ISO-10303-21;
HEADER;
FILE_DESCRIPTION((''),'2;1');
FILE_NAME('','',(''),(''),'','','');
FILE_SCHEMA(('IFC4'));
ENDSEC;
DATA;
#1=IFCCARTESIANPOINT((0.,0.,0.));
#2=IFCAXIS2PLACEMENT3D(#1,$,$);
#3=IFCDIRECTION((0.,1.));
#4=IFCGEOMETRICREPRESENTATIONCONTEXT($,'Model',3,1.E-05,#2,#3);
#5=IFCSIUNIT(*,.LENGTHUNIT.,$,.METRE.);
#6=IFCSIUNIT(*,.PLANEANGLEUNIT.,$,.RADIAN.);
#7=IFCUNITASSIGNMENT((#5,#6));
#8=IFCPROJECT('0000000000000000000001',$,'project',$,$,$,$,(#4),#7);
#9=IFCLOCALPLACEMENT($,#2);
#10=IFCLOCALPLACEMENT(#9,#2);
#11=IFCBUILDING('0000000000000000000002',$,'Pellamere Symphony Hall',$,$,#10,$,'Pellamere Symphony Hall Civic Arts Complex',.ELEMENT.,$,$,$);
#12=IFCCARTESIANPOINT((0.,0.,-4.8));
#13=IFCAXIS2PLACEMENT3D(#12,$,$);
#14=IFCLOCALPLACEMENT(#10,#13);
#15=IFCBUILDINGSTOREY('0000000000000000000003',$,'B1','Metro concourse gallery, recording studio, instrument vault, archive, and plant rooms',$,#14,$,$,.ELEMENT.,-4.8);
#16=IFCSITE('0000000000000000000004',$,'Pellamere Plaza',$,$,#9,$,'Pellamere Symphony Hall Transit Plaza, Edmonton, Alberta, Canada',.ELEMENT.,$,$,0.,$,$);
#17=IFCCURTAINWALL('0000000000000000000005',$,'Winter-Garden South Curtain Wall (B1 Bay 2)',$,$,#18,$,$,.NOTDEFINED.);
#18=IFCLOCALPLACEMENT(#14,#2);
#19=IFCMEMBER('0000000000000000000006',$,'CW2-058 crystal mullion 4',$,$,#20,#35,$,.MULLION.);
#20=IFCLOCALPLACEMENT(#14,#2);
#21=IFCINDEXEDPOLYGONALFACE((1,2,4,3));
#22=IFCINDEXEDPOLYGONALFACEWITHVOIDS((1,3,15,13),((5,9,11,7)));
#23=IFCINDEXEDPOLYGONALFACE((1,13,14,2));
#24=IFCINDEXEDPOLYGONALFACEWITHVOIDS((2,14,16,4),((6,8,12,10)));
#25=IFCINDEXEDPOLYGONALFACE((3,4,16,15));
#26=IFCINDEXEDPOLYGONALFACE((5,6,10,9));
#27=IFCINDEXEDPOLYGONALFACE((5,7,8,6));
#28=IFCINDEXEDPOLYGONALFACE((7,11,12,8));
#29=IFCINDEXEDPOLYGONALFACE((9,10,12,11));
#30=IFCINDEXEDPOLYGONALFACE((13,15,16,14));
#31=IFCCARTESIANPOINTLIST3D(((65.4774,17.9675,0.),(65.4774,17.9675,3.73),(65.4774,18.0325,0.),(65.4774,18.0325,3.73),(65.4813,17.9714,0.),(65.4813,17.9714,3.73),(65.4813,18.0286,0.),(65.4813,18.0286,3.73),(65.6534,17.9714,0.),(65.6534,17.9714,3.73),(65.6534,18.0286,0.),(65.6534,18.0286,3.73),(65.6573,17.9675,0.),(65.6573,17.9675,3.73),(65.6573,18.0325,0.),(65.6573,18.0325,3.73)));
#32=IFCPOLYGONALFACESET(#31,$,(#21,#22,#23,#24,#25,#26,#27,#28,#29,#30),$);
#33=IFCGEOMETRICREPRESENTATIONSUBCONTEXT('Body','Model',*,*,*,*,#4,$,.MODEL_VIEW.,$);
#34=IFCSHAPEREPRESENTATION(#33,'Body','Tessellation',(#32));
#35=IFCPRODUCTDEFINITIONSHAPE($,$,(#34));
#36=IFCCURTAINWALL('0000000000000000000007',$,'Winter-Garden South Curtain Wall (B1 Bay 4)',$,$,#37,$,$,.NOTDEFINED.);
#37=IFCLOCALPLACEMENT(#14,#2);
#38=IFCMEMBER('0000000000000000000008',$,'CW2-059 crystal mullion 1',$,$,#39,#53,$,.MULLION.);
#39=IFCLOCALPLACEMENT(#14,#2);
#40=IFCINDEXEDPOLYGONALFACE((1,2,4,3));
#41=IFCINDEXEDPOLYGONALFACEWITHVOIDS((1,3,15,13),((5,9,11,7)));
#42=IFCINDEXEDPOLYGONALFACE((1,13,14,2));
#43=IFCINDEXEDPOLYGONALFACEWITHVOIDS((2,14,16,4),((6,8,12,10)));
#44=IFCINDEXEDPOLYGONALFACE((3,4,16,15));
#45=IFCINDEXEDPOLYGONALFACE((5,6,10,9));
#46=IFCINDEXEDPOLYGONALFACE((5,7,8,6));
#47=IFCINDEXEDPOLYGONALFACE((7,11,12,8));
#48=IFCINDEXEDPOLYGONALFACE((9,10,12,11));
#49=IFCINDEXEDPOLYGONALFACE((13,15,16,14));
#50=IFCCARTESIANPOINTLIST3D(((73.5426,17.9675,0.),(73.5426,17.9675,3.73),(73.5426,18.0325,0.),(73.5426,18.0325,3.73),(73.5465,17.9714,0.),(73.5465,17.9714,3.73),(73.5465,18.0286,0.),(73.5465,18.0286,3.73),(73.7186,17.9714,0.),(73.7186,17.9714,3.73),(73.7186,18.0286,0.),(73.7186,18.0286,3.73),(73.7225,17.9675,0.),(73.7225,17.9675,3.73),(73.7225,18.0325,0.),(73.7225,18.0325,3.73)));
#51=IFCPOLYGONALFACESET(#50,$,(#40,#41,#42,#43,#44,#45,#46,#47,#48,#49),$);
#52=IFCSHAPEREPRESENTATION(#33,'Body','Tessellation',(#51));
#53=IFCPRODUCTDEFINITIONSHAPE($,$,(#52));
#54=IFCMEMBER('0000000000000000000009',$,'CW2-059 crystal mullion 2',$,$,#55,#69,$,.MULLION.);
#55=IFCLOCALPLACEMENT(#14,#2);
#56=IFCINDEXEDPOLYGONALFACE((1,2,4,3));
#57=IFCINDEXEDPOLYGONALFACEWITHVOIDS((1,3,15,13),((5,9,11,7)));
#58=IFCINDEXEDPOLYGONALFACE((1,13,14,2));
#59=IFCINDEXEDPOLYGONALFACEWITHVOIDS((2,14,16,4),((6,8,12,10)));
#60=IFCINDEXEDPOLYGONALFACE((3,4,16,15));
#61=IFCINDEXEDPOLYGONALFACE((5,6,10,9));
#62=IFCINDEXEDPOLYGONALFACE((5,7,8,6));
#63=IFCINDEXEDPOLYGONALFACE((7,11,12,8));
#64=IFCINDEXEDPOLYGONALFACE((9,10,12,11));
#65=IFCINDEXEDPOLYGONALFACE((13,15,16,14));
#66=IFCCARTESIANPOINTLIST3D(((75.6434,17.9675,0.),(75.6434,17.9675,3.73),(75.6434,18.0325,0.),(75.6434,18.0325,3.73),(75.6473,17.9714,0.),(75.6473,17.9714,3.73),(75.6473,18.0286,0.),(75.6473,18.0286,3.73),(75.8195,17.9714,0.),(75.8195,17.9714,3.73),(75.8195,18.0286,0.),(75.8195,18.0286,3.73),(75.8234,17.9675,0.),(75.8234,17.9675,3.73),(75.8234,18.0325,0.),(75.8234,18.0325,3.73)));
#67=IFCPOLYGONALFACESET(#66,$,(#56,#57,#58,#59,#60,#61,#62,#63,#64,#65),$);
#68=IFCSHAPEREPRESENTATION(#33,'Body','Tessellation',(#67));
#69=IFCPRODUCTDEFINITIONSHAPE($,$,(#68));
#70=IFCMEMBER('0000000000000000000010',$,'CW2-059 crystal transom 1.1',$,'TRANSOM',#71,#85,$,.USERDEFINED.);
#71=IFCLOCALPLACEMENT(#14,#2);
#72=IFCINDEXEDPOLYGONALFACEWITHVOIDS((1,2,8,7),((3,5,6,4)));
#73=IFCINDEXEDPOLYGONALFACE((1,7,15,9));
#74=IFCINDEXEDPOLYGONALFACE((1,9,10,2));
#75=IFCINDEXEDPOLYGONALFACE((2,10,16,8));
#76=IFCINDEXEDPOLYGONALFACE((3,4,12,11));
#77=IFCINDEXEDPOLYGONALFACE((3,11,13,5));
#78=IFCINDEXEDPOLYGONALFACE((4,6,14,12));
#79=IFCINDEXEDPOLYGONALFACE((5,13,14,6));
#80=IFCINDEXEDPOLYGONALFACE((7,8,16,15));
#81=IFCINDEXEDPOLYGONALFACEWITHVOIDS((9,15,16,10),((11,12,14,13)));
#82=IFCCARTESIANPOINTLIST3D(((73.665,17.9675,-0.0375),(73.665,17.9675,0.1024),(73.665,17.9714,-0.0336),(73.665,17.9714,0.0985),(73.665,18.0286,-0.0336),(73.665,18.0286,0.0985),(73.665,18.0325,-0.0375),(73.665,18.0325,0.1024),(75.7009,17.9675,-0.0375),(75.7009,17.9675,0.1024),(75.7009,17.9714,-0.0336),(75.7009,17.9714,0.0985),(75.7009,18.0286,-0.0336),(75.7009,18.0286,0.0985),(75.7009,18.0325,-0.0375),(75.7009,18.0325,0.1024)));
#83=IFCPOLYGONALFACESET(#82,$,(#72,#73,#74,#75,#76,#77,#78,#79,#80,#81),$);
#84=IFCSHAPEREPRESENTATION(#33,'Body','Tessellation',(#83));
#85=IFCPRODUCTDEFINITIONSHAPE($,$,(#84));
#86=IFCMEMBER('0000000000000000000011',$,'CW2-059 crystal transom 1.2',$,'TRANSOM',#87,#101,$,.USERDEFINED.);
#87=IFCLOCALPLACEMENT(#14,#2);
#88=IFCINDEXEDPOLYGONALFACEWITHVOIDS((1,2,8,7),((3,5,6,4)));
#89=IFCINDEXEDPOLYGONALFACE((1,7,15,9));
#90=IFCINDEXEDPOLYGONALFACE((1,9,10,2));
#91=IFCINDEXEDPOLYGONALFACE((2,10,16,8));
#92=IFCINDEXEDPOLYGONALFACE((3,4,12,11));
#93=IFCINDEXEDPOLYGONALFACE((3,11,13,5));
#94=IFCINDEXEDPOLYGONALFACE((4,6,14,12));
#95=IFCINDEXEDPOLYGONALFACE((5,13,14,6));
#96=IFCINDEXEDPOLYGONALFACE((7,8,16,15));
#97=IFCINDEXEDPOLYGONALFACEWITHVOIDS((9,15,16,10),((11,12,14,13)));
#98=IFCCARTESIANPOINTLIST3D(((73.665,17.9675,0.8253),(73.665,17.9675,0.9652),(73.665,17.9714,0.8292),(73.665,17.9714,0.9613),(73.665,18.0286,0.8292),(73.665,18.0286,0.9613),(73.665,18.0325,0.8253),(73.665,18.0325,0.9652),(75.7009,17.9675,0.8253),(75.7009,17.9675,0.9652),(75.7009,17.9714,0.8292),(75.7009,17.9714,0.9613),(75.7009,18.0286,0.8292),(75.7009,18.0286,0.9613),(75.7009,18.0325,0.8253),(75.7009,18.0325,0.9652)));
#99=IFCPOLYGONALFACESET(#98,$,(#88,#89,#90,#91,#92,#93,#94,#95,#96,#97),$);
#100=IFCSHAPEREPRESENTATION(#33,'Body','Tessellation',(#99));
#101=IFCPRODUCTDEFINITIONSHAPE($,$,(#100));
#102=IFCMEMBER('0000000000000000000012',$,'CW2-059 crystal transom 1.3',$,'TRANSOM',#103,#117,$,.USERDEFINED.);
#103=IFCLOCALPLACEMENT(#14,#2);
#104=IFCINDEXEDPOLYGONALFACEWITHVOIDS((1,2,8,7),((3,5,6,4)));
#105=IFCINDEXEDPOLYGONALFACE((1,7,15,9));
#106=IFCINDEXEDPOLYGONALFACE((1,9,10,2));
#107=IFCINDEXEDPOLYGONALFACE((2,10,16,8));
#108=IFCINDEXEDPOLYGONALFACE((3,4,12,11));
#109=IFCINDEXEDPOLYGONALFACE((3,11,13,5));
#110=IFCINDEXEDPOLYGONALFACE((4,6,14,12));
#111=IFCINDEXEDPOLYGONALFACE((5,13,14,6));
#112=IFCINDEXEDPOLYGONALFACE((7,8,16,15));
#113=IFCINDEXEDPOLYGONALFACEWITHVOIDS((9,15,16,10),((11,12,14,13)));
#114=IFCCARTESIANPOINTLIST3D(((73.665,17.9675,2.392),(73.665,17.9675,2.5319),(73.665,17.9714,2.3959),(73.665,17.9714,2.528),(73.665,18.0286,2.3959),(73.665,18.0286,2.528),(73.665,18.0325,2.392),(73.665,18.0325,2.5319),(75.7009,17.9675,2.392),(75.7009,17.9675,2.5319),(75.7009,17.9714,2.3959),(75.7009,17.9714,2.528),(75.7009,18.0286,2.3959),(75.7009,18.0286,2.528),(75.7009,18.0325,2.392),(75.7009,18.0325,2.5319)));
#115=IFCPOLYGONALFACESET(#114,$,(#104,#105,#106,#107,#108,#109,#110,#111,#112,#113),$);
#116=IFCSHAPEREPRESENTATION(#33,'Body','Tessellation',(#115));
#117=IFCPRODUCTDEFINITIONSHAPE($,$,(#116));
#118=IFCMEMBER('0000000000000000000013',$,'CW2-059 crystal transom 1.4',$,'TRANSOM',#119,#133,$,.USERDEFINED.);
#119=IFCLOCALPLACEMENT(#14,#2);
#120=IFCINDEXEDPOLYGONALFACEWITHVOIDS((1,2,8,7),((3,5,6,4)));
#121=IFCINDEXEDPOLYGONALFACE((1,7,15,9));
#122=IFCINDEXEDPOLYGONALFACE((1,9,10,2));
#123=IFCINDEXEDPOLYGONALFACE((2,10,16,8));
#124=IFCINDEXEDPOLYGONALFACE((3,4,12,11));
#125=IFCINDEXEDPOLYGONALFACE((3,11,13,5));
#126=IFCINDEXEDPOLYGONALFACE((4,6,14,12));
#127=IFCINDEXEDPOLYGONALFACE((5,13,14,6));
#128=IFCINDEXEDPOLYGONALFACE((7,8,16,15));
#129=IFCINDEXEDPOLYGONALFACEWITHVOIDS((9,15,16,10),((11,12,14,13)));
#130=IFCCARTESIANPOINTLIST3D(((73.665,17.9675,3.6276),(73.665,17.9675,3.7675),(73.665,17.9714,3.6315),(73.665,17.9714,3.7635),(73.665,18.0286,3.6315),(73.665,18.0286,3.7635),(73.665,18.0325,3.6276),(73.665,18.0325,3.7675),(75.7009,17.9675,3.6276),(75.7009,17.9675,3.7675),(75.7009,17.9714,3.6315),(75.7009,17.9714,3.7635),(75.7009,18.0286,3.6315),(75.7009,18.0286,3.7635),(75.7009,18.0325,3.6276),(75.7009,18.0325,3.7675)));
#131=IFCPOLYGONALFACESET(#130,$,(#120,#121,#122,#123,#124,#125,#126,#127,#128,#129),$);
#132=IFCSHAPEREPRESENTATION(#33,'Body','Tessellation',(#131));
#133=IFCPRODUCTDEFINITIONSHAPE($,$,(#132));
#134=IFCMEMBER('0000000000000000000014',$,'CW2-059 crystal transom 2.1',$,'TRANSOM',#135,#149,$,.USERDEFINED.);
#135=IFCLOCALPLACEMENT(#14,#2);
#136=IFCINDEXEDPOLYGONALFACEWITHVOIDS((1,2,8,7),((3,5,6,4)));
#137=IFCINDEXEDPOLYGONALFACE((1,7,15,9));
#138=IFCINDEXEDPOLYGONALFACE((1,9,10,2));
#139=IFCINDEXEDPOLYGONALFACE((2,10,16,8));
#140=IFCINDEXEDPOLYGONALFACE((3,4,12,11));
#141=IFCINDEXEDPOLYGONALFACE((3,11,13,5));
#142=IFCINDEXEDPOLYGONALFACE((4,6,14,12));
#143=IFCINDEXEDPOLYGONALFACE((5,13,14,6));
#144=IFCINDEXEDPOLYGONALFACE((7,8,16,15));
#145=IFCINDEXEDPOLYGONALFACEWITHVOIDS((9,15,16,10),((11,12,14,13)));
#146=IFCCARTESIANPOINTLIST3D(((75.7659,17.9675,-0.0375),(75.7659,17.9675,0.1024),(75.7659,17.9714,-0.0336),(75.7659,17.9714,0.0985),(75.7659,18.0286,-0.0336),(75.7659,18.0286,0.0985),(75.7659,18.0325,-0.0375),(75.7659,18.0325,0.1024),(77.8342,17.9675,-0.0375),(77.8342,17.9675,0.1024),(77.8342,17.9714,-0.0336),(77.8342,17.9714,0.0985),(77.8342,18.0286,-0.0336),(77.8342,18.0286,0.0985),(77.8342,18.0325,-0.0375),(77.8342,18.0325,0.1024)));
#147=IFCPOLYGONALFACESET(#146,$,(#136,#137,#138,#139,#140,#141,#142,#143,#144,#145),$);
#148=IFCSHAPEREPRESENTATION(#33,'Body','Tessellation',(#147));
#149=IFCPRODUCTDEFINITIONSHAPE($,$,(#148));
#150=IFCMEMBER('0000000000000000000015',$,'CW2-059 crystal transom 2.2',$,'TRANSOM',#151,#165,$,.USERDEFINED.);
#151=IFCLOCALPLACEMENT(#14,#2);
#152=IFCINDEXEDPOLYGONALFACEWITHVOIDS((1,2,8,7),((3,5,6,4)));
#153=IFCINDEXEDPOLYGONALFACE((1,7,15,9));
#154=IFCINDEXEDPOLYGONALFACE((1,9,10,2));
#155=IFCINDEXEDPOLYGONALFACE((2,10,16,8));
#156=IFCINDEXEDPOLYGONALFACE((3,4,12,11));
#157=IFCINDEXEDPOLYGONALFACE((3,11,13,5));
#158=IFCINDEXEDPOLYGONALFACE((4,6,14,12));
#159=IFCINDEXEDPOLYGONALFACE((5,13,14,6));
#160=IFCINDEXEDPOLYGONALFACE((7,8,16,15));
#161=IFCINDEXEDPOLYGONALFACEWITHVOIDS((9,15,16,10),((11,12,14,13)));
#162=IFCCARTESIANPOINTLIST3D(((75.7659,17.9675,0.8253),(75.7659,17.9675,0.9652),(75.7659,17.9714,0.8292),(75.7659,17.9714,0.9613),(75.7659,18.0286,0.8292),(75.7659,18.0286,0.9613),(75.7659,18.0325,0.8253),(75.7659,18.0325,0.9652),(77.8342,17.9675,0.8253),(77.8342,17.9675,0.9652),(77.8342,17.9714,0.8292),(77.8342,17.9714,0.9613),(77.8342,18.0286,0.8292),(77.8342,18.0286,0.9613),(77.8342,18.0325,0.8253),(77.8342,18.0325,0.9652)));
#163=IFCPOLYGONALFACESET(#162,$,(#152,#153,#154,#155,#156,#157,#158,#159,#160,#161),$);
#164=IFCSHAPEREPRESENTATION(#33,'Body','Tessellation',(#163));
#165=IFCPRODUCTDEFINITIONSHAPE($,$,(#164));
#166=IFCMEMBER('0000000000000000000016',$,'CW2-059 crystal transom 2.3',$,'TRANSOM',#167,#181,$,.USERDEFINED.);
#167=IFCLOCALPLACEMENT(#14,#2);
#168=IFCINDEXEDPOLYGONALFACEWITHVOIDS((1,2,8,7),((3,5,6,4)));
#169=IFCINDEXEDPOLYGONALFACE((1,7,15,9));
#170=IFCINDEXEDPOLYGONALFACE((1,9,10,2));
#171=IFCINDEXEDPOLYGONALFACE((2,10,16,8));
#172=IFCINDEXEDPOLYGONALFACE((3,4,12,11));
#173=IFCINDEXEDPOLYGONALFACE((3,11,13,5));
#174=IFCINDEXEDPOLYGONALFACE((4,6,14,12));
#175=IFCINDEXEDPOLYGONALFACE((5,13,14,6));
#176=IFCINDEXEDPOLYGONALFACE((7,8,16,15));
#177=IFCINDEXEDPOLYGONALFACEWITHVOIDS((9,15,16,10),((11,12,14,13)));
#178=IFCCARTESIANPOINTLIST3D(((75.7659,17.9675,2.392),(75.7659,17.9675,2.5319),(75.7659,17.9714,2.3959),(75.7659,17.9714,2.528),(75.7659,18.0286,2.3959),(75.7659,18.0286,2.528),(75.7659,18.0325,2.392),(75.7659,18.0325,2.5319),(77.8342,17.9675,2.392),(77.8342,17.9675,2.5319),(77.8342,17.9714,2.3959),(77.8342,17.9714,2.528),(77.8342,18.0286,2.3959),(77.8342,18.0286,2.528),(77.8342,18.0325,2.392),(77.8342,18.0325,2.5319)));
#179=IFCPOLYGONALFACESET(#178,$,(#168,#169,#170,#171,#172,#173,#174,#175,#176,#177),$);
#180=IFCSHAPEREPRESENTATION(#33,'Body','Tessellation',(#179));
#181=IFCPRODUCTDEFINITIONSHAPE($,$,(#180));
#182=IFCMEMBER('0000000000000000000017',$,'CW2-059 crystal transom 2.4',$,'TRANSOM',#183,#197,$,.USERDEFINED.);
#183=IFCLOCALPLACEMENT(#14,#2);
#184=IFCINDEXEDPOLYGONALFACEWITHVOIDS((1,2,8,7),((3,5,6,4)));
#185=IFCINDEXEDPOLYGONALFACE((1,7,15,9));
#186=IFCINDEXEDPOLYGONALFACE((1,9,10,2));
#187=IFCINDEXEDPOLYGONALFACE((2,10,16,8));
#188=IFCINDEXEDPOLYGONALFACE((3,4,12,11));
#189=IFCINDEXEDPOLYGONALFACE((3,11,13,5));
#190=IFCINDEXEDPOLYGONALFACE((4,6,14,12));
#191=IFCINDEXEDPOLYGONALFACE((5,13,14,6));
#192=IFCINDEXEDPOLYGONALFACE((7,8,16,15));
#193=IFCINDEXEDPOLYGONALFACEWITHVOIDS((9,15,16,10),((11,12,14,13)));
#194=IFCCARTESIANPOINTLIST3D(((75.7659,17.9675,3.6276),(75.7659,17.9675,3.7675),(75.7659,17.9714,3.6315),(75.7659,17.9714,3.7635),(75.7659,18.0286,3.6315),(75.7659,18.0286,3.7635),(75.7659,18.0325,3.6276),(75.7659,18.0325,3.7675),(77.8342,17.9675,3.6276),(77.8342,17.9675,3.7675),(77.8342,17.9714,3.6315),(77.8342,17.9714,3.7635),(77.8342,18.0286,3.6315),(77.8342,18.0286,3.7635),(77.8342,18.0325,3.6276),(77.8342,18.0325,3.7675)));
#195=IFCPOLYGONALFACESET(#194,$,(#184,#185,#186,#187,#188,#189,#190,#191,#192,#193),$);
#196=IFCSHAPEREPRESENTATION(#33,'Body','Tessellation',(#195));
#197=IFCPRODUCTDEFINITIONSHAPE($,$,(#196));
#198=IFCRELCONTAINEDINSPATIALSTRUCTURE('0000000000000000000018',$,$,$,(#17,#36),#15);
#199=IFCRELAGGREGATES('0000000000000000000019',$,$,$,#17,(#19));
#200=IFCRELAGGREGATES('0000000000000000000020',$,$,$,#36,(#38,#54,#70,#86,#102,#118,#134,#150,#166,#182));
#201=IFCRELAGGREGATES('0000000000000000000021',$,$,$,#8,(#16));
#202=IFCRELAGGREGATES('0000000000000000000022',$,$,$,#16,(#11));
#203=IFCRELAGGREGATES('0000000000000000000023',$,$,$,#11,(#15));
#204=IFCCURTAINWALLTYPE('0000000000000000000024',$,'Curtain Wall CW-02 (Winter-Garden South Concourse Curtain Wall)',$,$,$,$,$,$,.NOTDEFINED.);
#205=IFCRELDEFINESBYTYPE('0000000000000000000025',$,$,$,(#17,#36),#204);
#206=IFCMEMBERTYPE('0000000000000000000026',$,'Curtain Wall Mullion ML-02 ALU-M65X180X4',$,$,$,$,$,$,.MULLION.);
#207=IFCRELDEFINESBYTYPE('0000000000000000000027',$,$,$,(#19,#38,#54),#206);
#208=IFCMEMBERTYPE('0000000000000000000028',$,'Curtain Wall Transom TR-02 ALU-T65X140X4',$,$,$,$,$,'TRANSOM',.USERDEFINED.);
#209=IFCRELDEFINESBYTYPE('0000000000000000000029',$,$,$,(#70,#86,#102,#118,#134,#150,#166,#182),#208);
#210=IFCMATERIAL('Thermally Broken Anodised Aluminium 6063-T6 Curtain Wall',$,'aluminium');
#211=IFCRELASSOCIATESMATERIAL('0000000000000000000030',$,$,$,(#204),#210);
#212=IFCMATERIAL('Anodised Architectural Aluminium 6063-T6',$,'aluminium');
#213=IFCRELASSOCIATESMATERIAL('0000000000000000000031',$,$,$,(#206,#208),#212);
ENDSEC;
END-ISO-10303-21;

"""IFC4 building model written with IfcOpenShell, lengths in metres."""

from ifc_helpers import new_model, si_unit, direction, frame, origin, origin_2d, place, context, subcontext, project, spatial, hollow_rectangle, extrude, material, material_profile, profile_set, type_object, element, aggregate, save


model = new_model("IFC4")

# Units and contexts
model_context = context("Model", 3, precision=1e-05, world=origin(), true_north=direction((0.0, 1.0)))
body_context = subcontext(model_context, "Body", "Model", "MODEL_VIEW")
ifc_project = project(units=[si_unit("LENGTHUNIT", "METRE"), si_unit("PLANEANGLEUNIT", "RADIAN")], contexts=[model_context])

# Site, building, storey
site_placement = place(None, origin())
site = spatial("IfcSite", under=ifc_project, at=site_placement, Name="Pellamere Plaza", LongName="Pellamere Symphony Hall Transit Plaza, Edmonton, Alberta, Canada", CompositionType="ELEMENT", RefElevation=0.0)
building_placement = place(site_placement, origin())
building = spatial("IfcBuilding", under=site, at=building_placement, Name="Pellamere Symphony Hall", LongName="Pellamere Symphony Hall Civic Arts Complex", CompositionType="ELEMENT")
storey_placement = place(building_placement, frame((0.0, 0.0, -4.8)))
storey = spatial("IfcBuildingStorey", under=building, at=storey_placement, Name="B1", Description="Metro concourse gallery, recording studio, instrument vault, archive, and plant rooms", CompositionType="ELEMENT", Elevation=-4.8)

# Curtain wall, member
ifc_material_1 = material(Name="Thermally Broken Anodised Aluminium 6063-T6 Curtain Wall", Category="aluminium")
curtain_wall_type = type_object("IfcCurtainWallType", Name="Curtain Wall CW-02 (Winter-Garden South Concourse Curtain Wall)", PredefinedType="NOTDEFINED", material=ifc_material_1)
curtain_wall_1_placement = place(storey_placement, origin())
curtain_wall_1 = element("IfcCurtainWall", 1, at=curtain_wall_1_placement, inside=storey, type_object=curtain_wall_type, Name="Winter-Garden South Curtain Wall (B1 Bay 2)", PredefinedType="NOTDEFINED")
ifc_material_2 = material(Name="Anodised Architectural Aluminium 6063-T6", Category="aluminium")
ifc_material_profile_1 = material_profile(ifc_material_2, hollow_rectangle(XDim=0.0649, YDim=0.1799, WallThickness=0.0039, at=origin_2d()), Name="ALU-M65X180X4")
ifc_profile_set_1 = profile_set([ifc_material_profile_1], Name="Anodised Architectural Aluminium 6063-T6")
member_type_1 = type_object("IfcMemberType", Name="Curtain Wall Mullion ML-02 ALU-M65X180X4", PredefinedType="MULLION", material=ifc_profile_set_1)
member_1_placement = place(storey_placement, frame((65.5674, 18.0, 0.0), z_axis=(0.0, 0.0, 1.0), x_axis=(0.0, 1.0, 0.0)))
member_1 = element("IfcMember", 2, at=member_1_placement, type_object=member_type_1, Name="CW2-058 crystal mullion 4", PredefinedType="MULLION", context=body_context, shape_type="SweptSolid", body=[
    extrude(hollow_rectangle(XDim=0.0649, YDim=0.1799, WallThickness=0.0039, at=origin_2d()), origin(), (0.0, 0.0, 1.0), 3.73),
])
aggregate(curtain_wall_1, [member_1])

# Curtain wall, members
curtain_wall_2_placement = place(storey_placement, origin())
curtain_wall_2 = element("IfcCurtainWall", 3, at=curtain_wall_2_placement, inside=storey, type_object=curtain_wall_type, Name="Winter-Garden South Curtain Wall (B1 Bay 4)", PredefinedType="NOTDEFINED")
member_2_placement = place(storey_placement, frame((73.6326, 18.0, 0.0), z_axis=(0.0, 0.0, 1.0), x_axis=(0.0, 1.0, 0.0)))
member_2 = element("IfcMember", 4, at=member_2_placement, type_object=member_type_1, Name="CW2-059 crystal mullion 1", PredefinedType="MULLION", context=body_context, shape_type="SweptSolid", body=[
    extrude(hollow_rectangle(XDim=0.0649, YDim=0.1799, WallThickness=0.0039, at=origin_2d()), origin(), (0.0, 0.0, 1.0), 3.73),
])
member_3_placement = place(storey_placement, frame((75.7334, 18.0, 0.0), z_axis=(0.0, 0.0, 1.0), x_axis=(0.0, 1.0, 0.0)))
member_3 = element("IfcMember", 5, at=member_3_placement, type_object=member_type_1, Name="CW2-059 crystal mullion 2", PredefinedType="MULLION", context=body_context, shape_type="SweptSolid", body=[
    extrude(hollow_rectangle(XDim=0.0649, YDim=0.1799, WallThickness=0.0039, at=origin_2d()), origin(), (0.0, 0.0, 1.0), 3.73),
])
ifc_material_profile_2 = material_profile(ifc_material_2, hollow_rectangle(XDim=0.0649, YDim=0.1399, WallThickness=0.0039, at=origin_2d()), Name="ALU-T65X140X4")
ifc_profile_set_2 = profile_set([ifc_material_profile_2], Name="Anodised Architectural Aluminium 6063-T6")
member_type_2 = type_object("IfcMemberType", Name="Curtain Wall Transom TR-02 ALU-T65X140X4", ElementType="TRANSOM", PredefinedType="USERDEFINED", material=ifc_profile_set_2)
member_4_placement = place(storey_placement, frame((73.665, 18.0, 0.0325), z_axis=(1.0, 0.0, 0.0), x_axis=(0.0, 1.0, 0.0)))
member_4 = element("IfcMember", 6, at=member_4_placement, type_object=member_type_2, Name="CW2-059 crystal transom 1.1", ObjectType="TRANSOM", PredefinedType="USERDEFINED", context=body_context, shape_type="SweptSolid", body=[
    extrude(hollow_rectangle(XDim=0.0649, YDim=0.1399, WallThickness=0.0039, at=origin_2d()), origin(), (0.0, 0.0, 1.0), 2.0359),
])
member_5_placement = place(storey_placement, frame((73.665, 18.0, 0.8953), z_axis=(1.0, 0.0, 0.0), x_axis=(0.0, 1.0, 0.0)))
member_5 = element("IfcMember", 7, at=member_5_placement, type_object=member_type_2, Name="CW2-059 crystal transom 1.2", ObjectType="TRANSOM", PredefinedType="USERDEFINED", context=body_context, shape_type="SweptSolid", body=[
    extrude(hollow_rectangle(XDim=0.0649, YDim=0.1399, WallThickness=0.0039, at=origin_2d()), origin(), (0.0, 0.0, 1.0), 2.0359),
])
member_6_placement = place(storey_placement, frame((73.665, 18.0, 2.4619), z_axis=(1.0, 0.0, 0.0), x_axis=(0.0, 1.0, 0.0)))
member_6 = element("IfcMember", 8, at=member_6_placement, type_object=member_type_2, Name="CW2-059 crystal transom 1.3", ObjectType="TRANSOM", PredefinedType="USERDEFINED", context=body_context, shape_type="SweptSolid", body=[
    extrude(hollow_rectangle(XDim=0.0649, YDim=0.1399, WallThickness=0.0039, at=origin_2d()), origin(), (0.0, 0.0, 1.0), 2.0359),
])
member_7_placement = place(storey_placement, frame((73.665, 18.0, 3.6975), z_axis=(1.0, 0.0, 0.0), x_axis=(0.0, 1.0, 0.0)))
member_7 = element("IfcMember", 9, at=member_7_placement, type_object=member_type_2, Name="CW2-059 crystal transom 1.4", ObjectType="TRANSOM", PredefinedType="USERDEFINED", context=body_context, shape_type="SweptSolid", body=[
    extrude(hollow_rectangle(XDim=0.0649, YDim=0.1399, WallThickness=0.0039, at=origin_2d()), origin(), (0.0, 0.0, 1.0), 2.0359),
])
member_8_placement = place(storey_placement, frame((75.7659, 18.0, 0.0325), z_axis=(1.0, 0.0, 0.0), x_axis=(0.0, 1.0, 0.0)))
member_8 = element("IfcMember", 10, at=member_8_placement, type_object=member_type_2, Name="CW2-059 crystal transom 2.1", ObjectType="TRANSOM", PredefinedType="USERDEFINED", context=body_context, shape_type="SweptSolid", body=[
    extrude(hollow_rectangle(XDim=0.0649, YDim=0.1399, WallThickness=0.0039, at=origin_2d()), origin(), (0.0, 0.0, 1.0), 2.0684),
])
member_9_placement = place(storey_placement, frame((75.7659, 18.0, 0.8953), z_axis=(1.0, 0.0, 0.0), x_axis=(0.0, 1.0, 0.0)))
member_9 = element("IfcMember", 11, at=member_9_placement, type_object=member_type_2, Name="CW2-059 crystal transom 2.2", ObjectType="TRANSOM", PredefinedType="USERDEFINED", context=body_context, shape_type="SweptSolid", body=[
    extrude(hollow_rectangle(XDim=0.0649, YDim=0.1399, WallThickness=0.0039, at=origin_2d()), origin(), (0.0, 0.0, 1.0), 2.0684),
])
member_10_placement = place(storey_placement, frame((75.7659, 18.0, 2.4619), z_axis=(1.0, 0.0, 0.0), x_axis=(0.0, 1.0, 0.0)))
member_10 = element("IfcMember", 12, at=member_10_placement, type_object=member_type_2, Name="CW2-059 crystal transom 2.3", ObjectType="TRANSOM", PredefinedType="USERDEFINED", context=body_context, shape_type="SweptSolid", body=[
    extrude(hollow_rectangle(XDim=0.0649, YDim=0.1399, WallThickness=0.0039, at=origin_2d()), origin(), (0.0, 0.0, 1.0), 2.0684),
])
member_11_placement = place(storey_placement, frame((75.7659, 18.0, 3.6975), z_axis=(1.0, 0.0, 0.0), x_axis=(0.0, 1.0, 0.0)))
member_11 = element("IfcMember", 13, at=member_11_placement, type_object=member_type_2, Name="CW2-059 crystal transom 2.4", ObjectType="TRANSOM", PredefinedType="USERDEFINED", context=body_context, shape_type="SweptSolid", body=[
    extrude(hollow_rectangle(XDim=0.0649, YDim=0.1399, WallThickness=0.0039, at=origin_2d()), origin(), (0.0, 0.0, 1.0), 2.0684),
])
aggregate(curtain_wall_2, [member_2, member_3, member_4, member_5, member_6, member_7, member_8, member_9, member_10, member_11])

save(model, "model.ifc")
